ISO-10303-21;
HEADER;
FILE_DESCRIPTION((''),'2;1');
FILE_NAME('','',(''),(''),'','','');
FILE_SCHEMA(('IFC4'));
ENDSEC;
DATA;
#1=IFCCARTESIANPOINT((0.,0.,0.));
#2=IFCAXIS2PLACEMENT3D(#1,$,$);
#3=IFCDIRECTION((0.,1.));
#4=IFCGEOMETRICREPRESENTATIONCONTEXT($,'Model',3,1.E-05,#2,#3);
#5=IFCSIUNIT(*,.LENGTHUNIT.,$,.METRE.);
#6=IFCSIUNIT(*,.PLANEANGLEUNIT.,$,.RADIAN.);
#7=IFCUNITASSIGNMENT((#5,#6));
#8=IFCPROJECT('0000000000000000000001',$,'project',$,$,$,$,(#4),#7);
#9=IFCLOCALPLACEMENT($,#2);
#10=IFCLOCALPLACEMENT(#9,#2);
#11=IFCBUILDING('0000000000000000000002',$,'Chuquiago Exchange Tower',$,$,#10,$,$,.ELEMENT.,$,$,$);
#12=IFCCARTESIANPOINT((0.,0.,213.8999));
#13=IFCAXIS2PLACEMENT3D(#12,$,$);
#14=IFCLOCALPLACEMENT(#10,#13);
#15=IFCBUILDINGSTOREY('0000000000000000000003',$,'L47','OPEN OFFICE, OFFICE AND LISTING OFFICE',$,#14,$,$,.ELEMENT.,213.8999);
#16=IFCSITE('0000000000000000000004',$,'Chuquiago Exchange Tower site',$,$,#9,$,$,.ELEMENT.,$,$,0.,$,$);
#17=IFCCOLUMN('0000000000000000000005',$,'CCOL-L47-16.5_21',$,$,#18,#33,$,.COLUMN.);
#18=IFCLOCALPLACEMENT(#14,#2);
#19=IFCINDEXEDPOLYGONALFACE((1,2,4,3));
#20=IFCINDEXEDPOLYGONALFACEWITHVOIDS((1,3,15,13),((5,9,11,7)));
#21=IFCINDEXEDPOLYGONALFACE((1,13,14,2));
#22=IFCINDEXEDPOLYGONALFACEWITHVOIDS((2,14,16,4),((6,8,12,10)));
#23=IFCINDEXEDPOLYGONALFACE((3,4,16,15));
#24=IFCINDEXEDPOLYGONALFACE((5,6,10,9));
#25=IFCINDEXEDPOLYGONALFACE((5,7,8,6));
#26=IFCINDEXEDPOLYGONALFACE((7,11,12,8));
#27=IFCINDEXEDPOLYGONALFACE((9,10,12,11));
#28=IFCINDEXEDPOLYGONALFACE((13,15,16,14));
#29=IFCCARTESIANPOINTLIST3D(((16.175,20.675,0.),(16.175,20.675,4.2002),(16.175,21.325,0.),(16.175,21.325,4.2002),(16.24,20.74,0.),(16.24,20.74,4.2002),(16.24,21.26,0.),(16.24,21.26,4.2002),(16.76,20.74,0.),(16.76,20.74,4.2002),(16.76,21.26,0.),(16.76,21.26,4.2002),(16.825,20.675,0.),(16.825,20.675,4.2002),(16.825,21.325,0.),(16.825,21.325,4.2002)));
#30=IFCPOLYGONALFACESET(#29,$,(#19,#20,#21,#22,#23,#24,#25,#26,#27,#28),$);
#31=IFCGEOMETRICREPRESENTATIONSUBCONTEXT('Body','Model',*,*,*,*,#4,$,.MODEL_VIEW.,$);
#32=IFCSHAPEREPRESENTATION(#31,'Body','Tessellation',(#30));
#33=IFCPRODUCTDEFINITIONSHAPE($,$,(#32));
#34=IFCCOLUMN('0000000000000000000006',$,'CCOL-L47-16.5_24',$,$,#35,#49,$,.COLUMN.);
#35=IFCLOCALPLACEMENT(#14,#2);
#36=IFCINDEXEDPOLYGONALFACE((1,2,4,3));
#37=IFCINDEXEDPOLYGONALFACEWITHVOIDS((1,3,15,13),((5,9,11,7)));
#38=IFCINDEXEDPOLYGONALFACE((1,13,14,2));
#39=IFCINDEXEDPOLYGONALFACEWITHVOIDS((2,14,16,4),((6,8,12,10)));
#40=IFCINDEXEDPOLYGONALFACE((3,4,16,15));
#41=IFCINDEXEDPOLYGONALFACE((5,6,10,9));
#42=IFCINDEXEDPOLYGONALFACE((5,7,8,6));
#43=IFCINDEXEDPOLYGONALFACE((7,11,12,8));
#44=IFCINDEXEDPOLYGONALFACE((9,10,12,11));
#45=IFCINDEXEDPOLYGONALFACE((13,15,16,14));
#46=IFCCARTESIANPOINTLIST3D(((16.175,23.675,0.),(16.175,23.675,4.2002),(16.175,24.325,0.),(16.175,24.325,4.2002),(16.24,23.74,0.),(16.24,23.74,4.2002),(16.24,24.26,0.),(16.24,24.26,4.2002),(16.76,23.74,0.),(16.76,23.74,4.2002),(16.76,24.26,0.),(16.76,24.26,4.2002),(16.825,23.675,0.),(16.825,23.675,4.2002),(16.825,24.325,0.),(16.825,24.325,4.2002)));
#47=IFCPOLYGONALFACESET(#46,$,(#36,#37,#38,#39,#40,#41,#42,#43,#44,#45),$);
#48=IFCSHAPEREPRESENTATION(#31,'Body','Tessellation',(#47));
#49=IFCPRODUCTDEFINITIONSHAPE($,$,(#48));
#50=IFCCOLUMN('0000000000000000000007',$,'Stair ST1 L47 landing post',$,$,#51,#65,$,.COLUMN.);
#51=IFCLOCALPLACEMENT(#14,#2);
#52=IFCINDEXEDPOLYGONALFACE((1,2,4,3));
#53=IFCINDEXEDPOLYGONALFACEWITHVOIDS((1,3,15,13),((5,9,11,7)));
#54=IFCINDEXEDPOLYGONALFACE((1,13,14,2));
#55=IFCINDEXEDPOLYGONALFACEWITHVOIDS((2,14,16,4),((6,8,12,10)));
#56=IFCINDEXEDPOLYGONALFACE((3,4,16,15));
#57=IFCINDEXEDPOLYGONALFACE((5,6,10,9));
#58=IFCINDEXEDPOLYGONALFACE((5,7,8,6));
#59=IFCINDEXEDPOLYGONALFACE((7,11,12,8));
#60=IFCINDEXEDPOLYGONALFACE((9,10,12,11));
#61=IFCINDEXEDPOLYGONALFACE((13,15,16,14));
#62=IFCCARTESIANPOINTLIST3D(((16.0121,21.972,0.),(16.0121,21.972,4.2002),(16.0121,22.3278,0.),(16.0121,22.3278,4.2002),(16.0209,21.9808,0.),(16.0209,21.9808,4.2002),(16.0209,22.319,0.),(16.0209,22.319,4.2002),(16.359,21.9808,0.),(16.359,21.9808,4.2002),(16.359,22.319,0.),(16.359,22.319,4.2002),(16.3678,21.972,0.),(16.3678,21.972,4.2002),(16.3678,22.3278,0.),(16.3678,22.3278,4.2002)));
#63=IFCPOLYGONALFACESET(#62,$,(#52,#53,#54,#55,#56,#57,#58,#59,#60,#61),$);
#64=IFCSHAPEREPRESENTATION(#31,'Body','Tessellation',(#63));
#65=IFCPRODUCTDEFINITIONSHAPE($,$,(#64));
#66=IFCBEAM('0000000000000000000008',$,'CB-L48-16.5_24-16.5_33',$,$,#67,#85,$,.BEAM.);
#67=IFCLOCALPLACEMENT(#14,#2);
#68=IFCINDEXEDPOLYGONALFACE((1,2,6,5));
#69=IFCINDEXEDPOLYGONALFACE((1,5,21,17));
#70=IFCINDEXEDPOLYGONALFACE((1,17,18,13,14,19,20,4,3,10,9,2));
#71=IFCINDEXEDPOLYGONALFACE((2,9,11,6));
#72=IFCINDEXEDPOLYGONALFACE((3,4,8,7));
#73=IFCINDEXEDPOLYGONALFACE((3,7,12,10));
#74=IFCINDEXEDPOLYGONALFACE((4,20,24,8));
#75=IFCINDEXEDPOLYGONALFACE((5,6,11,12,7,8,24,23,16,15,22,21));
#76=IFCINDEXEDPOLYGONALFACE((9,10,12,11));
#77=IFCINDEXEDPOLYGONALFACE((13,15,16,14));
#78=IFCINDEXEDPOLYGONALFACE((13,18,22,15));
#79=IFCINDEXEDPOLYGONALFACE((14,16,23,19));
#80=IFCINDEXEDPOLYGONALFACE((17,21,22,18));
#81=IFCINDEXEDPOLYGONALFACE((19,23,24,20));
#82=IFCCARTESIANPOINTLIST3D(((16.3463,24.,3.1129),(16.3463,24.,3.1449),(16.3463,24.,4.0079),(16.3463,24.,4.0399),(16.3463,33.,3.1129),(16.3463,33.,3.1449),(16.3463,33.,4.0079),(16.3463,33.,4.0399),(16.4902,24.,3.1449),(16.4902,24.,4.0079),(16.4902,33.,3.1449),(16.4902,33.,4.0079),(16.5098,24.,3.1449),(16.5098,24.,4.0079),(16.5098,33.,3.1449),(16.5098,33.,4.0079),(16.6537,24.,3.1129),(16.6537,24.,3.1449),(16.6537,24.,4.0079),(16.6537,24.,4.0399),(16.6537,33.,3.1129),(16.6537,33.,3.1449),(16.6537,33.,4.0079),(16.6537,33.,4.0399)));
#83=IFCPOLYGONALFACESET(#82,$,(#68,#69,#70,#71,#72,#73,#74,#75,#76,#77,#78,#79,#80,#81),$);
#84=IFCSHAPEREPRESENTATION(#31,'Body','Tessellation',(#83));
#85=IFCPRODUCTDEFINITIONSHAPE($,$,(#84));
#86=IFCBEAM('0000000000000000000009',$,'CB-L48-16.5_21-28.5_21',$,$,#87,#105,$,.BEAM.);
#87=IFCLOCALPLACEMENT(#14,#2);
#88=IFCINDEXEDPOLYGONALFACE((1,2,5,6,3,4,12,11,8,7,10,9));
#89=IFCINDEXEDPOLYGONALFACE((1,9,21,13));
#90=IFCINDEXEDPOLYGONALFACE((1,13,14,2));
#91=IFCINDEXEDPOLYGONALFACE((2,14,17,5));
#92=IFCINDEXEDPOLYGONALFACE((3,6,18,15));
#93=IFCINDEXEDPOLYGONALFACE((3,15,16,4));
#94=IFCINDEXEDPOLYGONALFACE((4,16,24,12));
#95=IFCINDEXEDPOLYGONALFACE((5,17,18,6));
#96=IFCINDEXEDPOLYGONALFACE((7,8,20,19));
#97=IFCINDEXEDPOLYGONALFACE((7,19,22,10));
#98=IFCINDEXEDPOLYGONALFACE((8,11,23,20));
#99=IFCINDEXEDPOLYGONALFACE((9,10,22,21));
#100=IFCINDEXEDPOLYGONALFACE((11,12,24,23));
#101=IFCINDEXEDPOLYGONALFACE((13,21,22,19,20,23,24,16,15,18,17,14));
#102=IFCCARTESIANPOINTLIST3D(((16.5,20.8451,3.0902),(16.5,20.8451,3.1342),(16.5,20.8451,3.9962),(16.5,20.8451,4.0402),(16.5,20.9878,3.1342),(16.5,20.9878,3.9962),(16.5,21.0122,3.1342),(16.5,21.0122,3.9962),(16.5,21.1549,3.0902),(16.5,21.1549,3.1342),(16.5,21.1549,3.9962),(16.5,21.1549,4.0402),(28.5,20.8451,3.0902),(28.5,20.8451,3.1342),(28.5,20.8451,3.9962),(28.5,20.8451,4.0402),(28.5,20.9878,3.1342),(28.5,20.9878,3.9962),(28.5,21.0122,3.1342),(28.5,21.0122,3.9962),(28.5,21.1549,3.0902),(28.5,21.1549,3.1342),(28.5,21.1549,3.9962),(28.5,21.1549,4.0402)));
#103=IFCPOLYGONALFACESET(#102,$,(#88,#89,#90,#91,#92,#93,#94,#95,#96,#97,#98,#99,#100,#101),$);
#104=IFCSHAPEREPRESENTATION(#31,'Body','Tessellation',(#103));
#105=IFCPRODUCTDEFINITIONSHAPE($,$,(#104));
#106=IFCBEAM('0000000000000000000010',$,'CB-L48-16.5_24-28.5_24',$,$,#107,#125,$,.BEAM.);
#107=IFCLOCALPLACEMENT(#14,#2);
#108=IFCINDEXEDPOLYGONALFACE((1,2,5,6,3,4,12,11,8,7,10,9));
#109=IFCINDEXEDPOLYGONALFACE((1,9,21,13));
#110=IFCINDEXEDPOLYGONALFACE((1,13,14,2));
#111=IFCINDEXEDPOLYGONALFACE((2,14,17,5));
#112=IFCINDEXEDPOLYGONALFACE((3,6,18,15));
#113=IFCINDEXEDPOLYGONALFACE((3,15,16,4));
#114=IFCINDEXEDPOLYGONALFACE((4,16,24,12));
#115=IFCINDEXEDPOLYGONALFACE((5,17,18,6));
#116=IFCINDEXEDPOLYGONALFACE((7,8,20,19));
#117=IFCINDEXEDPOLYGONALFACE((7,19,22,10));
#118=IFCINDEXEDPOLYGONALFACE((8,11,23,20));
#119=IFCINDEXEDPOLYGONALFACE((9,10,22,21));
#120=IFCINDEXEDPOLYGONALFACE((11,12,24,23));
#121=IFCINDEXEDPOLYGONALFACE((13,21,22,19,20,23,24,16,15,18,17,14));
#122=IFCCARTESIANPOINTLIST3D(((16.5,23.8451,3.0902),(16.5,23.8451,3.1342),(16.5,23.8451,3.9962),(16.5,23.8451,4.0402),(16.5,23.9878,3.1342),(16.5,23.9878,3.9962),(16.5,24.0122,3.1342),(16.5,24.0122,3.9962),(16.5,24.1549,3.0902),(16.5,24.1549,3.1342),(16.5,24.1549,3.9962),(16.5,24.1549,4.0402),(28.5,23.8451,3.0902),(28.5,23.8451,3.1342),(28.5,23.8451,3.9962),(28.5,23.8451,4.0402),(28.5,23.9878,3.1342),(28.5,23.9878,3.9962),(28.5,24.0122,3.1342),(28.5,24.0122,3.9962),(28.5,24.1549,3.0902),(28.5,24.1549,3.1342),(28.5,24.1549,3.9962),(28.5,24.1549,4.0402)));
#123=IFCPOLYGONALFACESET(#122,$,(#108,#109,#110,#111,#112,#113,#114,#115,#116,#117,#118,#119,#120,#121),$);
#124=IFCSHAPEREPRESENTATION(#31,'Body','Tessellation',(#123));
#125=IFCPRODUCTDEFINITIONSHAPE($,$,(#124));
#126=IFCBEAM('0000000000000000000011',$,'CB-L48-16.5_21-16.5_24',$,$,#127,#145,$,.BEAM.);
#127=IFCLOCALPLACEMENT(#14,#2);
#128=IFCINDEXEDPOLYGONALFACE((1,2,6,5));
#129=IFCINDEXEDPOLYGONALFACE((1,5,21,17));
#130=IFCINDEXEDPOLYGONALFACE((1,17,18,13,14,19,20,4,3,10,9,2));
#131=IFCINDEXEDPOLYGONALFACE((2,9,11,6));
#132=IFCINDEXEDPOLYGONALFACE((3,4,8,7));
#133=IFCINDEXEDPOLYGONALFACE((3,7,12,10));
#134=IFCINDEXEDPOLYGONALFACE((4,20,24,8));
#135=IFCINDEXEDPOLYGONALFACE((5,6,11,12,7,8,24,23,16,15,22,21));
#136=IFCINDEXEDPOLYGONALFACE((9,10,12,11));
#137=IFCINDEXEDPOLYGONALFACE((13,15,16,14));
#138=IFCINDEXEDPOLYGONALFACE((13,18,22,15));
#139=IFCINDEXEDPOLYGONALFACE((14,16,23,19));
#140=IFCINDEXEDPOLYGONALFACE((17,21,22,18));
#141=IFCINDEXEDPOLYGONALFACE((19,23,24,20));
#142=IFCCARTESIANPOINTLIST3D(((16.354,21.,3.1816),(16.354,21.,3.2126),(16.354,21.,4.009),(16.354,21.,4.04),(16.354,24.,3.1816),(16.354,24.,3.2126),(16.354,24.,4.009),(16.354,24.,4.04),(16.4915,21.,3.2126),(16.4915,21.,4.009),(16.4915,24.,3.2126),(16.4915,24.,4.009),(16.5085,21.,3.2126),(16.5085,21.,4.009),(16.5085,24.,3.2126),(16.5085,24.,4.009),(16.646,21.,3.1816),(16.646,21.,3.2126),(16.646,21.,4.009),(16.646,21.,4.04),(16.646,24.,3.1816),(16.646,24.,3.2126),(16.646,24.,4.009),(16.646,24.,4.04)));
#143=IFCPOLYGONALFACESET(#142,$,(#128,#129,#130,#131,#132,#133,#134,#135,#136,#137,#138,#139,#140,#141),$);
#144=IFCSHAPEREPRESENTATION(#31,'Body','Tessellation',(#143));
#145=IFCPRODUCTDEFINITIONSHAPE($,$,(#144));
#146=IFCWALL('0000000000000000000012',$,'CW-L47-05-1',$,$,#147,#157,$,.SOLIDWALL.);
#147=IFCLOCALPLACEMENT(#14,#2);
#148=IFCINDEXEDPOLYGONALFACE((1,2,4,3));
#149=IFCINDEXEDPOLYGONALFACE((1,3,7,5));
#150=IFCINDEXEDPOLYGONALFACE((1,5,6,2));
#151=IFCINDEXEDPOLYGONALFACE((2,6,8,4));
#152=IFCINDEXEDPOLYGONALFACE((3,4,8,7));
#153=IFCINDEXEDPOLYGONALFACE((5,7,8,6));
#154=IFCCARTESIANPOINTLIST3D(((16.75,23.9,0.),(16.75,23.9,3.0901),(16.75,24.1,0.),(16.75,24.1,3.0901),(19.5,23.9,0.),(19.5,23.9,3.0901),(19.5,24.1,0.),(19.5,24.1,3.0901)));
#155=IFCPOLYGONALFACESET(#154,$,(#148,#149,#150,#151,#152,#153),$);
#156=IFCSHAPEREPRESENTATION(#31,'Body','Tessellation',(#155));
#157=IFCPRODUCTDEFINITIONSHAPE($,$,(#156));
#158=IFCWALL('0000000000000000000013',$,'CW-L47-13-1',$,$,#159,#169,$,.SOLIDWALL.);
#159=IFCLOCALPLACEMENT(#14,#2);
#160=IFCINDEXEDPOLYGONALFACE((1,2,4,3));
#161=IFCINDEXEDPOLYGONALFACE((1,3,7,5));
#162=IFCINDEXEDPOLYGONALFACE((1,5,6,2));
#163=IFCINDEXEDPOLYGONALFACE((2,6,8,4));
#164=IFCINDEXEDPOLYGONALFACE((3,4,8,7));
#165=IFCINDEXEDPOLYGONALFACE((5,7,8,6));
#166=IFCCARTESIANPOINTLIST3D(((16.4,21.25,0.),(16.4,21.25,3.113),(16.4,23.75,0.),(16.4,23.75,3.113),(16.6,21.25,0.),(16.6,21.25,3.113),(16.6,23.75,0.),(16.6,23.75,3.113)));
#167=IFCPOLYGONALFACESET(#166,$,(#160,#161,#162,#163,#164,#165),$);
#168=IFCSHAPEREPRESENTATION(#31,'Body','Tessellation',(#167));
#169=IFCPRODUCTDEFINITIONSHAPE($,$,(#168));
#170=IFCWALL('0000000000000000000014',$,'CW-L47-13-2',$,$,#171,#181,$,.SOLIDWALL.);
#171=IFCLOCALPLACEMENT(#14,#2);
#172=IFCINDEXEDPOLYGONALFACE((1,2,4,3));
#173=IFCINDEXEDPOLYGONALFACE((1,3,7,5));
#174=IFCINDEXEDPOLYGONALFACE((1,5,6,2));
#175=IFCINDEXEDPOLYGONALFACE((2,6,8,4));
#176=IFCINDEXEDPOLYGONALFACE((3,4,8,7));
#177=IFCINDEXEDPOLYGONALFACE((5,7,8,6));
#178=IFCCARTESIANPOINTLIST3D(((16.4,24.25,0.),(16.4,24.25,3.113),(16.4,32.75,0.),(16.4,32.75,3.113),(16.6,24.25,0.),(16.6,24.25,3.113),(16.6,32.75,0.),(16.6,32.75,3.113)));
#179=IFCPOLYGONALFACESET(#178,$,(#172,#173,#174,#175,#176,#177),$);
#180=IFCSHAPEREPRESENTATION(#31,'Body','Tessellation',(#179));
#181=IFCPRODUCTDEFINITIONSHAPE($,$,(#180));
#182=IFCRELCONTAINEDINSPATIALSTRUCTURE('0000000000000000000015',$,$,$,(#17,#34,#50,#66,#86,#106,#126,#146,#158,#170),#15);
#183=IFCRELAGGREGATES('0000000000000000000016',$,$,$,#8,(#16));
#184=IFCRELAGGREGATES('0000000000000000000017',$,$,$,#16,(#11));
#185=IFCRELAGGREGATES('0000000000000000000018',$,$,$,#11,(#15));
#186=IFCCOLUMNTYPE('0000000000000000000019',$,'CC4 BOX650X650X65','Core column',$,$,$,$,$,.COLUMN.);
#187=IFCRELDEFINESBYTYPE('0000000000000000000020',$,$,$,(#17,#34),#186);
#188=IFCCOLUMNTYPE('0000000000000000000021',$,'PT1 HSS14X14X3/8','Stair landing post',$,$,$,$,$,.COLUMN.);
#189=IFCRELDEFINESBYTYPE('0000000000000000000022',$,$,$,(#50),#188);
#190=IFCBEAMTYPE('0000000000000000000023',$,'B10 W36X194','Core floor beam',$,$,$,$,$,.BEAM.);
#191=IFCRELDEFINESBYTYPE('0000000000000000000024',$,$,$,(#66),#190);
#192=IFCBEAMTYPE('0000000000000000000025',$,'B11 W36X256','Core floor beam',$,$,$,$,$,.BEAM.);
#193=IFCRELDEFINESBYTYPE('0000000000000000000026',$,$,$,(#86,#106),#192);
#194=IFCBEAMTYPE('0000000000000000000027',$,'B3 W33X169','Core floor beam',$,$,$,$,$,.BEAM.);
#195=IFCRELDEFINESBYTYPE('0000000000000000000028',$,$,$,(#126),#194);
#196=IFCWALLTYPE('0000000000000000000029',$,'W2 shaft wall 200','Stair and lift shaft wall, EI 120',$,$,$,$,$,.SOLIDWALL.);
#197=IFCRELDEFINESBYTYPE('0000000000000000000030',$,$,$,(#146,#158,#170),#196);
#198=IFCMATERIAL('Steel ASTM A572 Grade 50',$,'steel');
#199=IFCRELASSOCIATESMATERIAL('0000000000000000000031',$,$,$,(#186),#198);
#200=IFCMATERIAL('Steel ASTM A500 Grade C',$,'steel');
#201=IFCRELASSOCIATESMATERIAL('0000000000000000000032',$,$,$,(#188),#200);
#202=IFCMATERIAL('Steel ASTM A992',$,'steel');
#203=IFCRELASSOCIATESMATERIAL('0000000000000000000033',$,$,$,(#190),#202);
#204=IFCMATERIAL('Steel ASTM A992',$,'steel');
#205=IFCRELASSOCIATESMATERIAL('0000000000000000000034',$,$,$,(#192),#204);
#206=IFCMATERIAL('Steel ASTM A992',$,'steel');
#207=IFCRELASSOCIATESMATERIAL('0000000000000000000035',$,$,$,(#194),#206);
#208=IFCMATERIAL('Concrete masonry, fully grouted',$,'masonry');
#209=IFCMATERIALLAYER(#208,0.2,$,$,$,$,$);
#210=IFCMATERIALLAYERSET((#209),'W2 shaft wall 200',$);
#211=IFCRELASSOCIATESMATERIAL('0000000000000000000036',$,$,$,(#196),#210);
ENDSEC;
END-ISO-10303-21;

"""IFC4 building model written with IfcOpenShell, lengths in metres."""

from ifc_helpers import new_model, si_unit, direction, frame, frame_2d, origin, origin_2d, place, context, subcontext, project, spatial, rectangle, hollow_rectangle, i_section, extrude, material, layer, layer_set, material_profile, profile_set, type_object, element, save


model = new_model("IFC4")

# Units and contexts
model_context = context("Model", 3, precision=1e-05, world=origin(), true_north=direction((0.0, 1.0)))
body_context = subcontext(model_context, "Body", "Model", "MODEL_VIEW")
ifc_project = project(units=[si_unit("LENGTHUNIT", "METRE"), si_unit("PLANEANGLEUNIT", "RADIAN")], contexts=[model_context])

# Site, building, storey
site_placement = place(None, origin())
site = spatial("IfcSite", under=ifc_project, at=site_placement, Name="Chuquiago Exchange Tower site", CompositionType="ELEMENT", RefElevation=0.0)
building_placement = place(site_placement, origin())
building = spatial("IfcBuilding", under=site, at=building_placement, Name="Chuquiago Exchange Tower", CompositionType="ELEMENT")
storey_placement = place(building_placement, frame((0.0, 0.0, 213.8999)))
storey = spatial("IfcBuildingStorey", under=building, at=storey_placement, Name="L47", Description="OPEN OFFICE, OFFICE AND LISTING OFFICE", CompositionType="ELEMENT", Elevation=213.8999)

# Columns
ifc_material_1 = material(Name="Steel ASTM A572 Grade 50", Category="steel")
ifc_material_profile_1 = material_profile(ifc_material_1, hollow_rectangle(XDim=0.6499, YDim=0.6499, WallThickness=0.0649, at=origin_2d()), Name="BOX650X650X65")
ifc_profile_set_1 = profile_set([ifc_material_profile_1], Name="Steel ASTM A572 Grade 50")
column_type_1 = type_object("IfcColumnType", Name="CC4 BOX650X650X65", Description="Core column", PredefinedType="COLUMN", material=ifc_profile_set_1)
for number, where, z_axis, x_axis, name in (
    (1, (16.5, 21.0, 0.0), (0.0, 0.0, 1.0), (1.0, 0.0, 0.0), "CCOL-L47-16.5_21"),
    (2, (16.5, 24.0, 0.0), (0.0, 0.0, 1.0), (1.0, 0.0, 0.0), "CCOL-L47-16.5_24"),
):
    element("IfcColumn", number, at=place(storey_placement, frame(where, z_axis=z_axis, x_axis=x_axis)), inside=storey, type_object=column_type_1, Name=name, PredefinedType="COLUMN", context=body_context, shape_type="SweptSolid", body=[
        extrude(hollow_rectangle(XDim=0.6499, YDim=0.6499, WallThickness=0.0649, at=origin_2d()), origin(), (0.0, 0.0, 1.0), 4.2002),
    ])
ifc_material_2 = material(Name="Steel ASTM A500 Grade C", Category="steel")
ifc_material_profile_2 = material_profile(ifc_material_2, hollow_rectangle(XDim=0.3557, YDim=0.3557, WallThickness=0.0088, at=origin_2d()), Name="HSS14X14X3/8")
ifc_profile_set_2 = profile_set([ifc_material_profile_2], Name="Steel ASTM A500 Grade C")
column_type_2 = type_object("IfcColumnType", Name="PT1 HSS14X14X3/8", Description="Stair landing post", PredefinedType="COLUMN", material=ifc_profile_set_2)
column_placement = place(storey_placement, frame((16.1899, 22.1499, 0.0), z_axis=(0.0, 0.0, 1.0), x_axis=(1.0, 0.0, 0.0)))
element("IfcColumn", 3, at=column_placement, inside=storey, type_object=column_type_2, Name="Stair ST1 L47 landing post", PredefinedType="COLUMN", context=body_context, shape_type="SweptSolid", body=[
    extrude(hollow_rectangle(XDim=0.3557, YDim=0.3557, WallThickness=0.0088, at=origin_2d()), origin(), (0.0, 0.0, 1.0), 4.2002),
])

# Beams
ifc_material_3 = material(Name="Steel ASTM A992", Category="steel")
ifc_material_profile_3 = material_profile(ifc_material_3, i_section(OverallWidth=0.3074, OverallDepth=0.927, WebThickness=0.0195, FlangeThickness=0.032, at=origin_2d()), Name="W36X194")
ifc_profile_set_3 = profile_set([ifc_material_profile_3], Name="Steel ASTM A992")
beam_type_1 = type_object("IfcBeamType", Name="B10 W36X194", Description="Core floor beam", PredefinedType="BEAM", material=ifc_profile_set_3)
beam_1_placement = place(storey_placement, frame((16.5, 24.0, 3.5764), z_axis=(0.0, 1.0, 0.0), x_axis=(-1.0, 0.0, 0.0)))
element("IfcBeam", 4, at=beam_1_placement, inside=storey, type_object=beam_type_1, Name="CB-L48-16.5_24-16.5_33", PredefinedType="BEAM", context=body_context, shape_type="SweptSolid", body=[
    extrude(i_section(OverallWidth=0.3074, OverallDepth=0.927, WebThickness=0.0195, FlangeThickness=0.032, at=origin_2d()), origin(), (0.0, 0.0, 1.0), 9.0),
])
ifc_material_4 = material(Name="Steel ASTM A992", Category="steel")
ifc_material_profile_4 = material_profile(ifc_material_4, i_section(OverallWidth=0.3098, OverallDepth=0.95, WebThickness=0.0244, FlangeThickness=0.0439, at=origin_2d()), Name="W36X256")
ifc_profile_set_4 = profile_set([ifc_material_profile_4], Name="Steel ASTM A992")
beam_type_2 = type_object("IfcBeamType", Name="B11 W36X256", Description="Core floor beam", PredefinedType="BEAM", material=ifc_profile_set_4)
for number, where, z_axis, x_axis, name in (
    (5, (16.5, 21.0, 3.5652), (1.0, 0.0, 0.0), (0.0, 1.0, 0.0), "CB-L48-16.5_21-28.5_21"),
    (6, (16.5, 24.0, 3.5652), (1.0, 0.0, 0.0), (0.0, 1.0, 0.0), "CB-L48-16.5_24-28.5_24"),
):
    element("IfcBeam", number, at=place(storey_placement, frame(where, z_axis=z_axis, x_axis=x_axis)), inside=storey, type_object=beam_type_2, Name=name, PredefinedType="BEAM", context=body_context, shape_type="SweptSolid", body=[
        extrude(i_section(OverallWidth=0.3098, OverallDepth=0.95, WebThickness=0.0244, FlangeThickness=0.0439, at=origin_2d()), origin(), (0.0, 0.0, 1.0), 12.0),
    ])
ifc_material_5 = material(Name="Steel ASTM A992", Category="steel")
ifc_material_profile_5 = material_profile(ifc_material_5, i_section(OverallWidth=0.292, OverallDepth=0.8584, WebThickness=0.0171, FlangeThickness=0.031, at=origin_2d()), Name="W33X169")
ifc_profile_set_5 = profile_set([ifc_material_profile_5], Name="Steel ASTM A992")
beam_type_3 = type_object("IfcBeamType", Name="B3 W33X169", Description="Core floor beam", PredefinedType="BEAM", material=ifc_profile_set_5)
beam_2_placement = place(storey_placement, frame((16.5, 21.0, 3.6108), z_axis=(0.0, 1.0, 0.0), x_axis=(-1.0, 0.0, 0.0)))
element("IfcBeam", 7, at=beam_2_placement, inside=storey, type_object=beam_type_3, Name="CB-L48-16.5_21-16.5_24", PredefinedType="BEAM", context=body_context, shape_type="SweptSolid", body=[
    extrude(i_section(OverallWidth=0.292, OverallDepth=0.8584, WebThickness=0.0171, FlangeThickness=0.031, at=origin_2d()), origin(), (0.0, 0.0, 1.0), 3.0),
])

# Walls
ifc_material_6 = material(Name="Concrete masonry, fully grouted", Category="masonry")
ifc_layer = layer(ifc_material_6, 0.2)
ifc_layer_set = layer_set([ifc_layer], Name="W2 shaft wall 200")
wall_type = type_object("IfcWallType", Name="W2 shaft wall 200", Description="Stair and lift shaft wall, EI 120", PredefinedType="SOLIDWALL", material=ifc_layer_set)
wall_1_placement = place(storey_placement, frame((16.75, 24.0, 0.0), z_axis=(0.0, 0.0, 1.0), x_axis=(1.0, 0.0, 0.0)))
element("IfcWall", 8, at=wall_1_placement, inside=storey, type_object=wall_type, Name="CW-L47-05-1", PredefinedType="SOLIDWALL", context=body_context, shape_type="SweptSolid", body=[
    extrude(rectangle(XDim=2.75, YDim=0.2, at=frame_2d((1.375, 0.0))), origin(), (0.0, 0.0, 1.0), 3.0901),
])
wall_2_placement = place(storey_placement, frame((16.5, 21.25, 0.0), z_axis=(0.0, 0.0, 1.0), x_axis=(0.0, 1.0, 0.0)))
element("IfcWall", 9, at=wall_2_placement, inside=storey, type_object=wall_type, Name="CW-L47-13-1", PredefinedType="SOLIDWALL", context=body_context, shape_type="SweptSolid", body=[
    extrude(rectangle(XDim=2.5, YDim=0.2, at=frame_2d((1.25, 0.0))), origin(), (0.0, 0.0, 1.0), 3.113),
])
wall_3_placement = place(storey_placement, frame((16.5, 24.25, 0.0), z_axis=(0.0, 0.0, 1.0), x_axis=(0.0, 1.0, 0.0)))
element("IfcWall", 10, at=wall_3_placement, inside=storey, type_object=wall_type, Name="CW-L47-13-2", PredefinedType="SOLIDWALL", context=body_context, shape_type="SweptSolid", body=[
    extrude(rectangle(XDim=8.5, YDim=0.2, at=frame_2d((4.25, 0.0))), origin(), (0.0, 0.0, 1.0), 3.113),
])

save(model, "model.ifc")
